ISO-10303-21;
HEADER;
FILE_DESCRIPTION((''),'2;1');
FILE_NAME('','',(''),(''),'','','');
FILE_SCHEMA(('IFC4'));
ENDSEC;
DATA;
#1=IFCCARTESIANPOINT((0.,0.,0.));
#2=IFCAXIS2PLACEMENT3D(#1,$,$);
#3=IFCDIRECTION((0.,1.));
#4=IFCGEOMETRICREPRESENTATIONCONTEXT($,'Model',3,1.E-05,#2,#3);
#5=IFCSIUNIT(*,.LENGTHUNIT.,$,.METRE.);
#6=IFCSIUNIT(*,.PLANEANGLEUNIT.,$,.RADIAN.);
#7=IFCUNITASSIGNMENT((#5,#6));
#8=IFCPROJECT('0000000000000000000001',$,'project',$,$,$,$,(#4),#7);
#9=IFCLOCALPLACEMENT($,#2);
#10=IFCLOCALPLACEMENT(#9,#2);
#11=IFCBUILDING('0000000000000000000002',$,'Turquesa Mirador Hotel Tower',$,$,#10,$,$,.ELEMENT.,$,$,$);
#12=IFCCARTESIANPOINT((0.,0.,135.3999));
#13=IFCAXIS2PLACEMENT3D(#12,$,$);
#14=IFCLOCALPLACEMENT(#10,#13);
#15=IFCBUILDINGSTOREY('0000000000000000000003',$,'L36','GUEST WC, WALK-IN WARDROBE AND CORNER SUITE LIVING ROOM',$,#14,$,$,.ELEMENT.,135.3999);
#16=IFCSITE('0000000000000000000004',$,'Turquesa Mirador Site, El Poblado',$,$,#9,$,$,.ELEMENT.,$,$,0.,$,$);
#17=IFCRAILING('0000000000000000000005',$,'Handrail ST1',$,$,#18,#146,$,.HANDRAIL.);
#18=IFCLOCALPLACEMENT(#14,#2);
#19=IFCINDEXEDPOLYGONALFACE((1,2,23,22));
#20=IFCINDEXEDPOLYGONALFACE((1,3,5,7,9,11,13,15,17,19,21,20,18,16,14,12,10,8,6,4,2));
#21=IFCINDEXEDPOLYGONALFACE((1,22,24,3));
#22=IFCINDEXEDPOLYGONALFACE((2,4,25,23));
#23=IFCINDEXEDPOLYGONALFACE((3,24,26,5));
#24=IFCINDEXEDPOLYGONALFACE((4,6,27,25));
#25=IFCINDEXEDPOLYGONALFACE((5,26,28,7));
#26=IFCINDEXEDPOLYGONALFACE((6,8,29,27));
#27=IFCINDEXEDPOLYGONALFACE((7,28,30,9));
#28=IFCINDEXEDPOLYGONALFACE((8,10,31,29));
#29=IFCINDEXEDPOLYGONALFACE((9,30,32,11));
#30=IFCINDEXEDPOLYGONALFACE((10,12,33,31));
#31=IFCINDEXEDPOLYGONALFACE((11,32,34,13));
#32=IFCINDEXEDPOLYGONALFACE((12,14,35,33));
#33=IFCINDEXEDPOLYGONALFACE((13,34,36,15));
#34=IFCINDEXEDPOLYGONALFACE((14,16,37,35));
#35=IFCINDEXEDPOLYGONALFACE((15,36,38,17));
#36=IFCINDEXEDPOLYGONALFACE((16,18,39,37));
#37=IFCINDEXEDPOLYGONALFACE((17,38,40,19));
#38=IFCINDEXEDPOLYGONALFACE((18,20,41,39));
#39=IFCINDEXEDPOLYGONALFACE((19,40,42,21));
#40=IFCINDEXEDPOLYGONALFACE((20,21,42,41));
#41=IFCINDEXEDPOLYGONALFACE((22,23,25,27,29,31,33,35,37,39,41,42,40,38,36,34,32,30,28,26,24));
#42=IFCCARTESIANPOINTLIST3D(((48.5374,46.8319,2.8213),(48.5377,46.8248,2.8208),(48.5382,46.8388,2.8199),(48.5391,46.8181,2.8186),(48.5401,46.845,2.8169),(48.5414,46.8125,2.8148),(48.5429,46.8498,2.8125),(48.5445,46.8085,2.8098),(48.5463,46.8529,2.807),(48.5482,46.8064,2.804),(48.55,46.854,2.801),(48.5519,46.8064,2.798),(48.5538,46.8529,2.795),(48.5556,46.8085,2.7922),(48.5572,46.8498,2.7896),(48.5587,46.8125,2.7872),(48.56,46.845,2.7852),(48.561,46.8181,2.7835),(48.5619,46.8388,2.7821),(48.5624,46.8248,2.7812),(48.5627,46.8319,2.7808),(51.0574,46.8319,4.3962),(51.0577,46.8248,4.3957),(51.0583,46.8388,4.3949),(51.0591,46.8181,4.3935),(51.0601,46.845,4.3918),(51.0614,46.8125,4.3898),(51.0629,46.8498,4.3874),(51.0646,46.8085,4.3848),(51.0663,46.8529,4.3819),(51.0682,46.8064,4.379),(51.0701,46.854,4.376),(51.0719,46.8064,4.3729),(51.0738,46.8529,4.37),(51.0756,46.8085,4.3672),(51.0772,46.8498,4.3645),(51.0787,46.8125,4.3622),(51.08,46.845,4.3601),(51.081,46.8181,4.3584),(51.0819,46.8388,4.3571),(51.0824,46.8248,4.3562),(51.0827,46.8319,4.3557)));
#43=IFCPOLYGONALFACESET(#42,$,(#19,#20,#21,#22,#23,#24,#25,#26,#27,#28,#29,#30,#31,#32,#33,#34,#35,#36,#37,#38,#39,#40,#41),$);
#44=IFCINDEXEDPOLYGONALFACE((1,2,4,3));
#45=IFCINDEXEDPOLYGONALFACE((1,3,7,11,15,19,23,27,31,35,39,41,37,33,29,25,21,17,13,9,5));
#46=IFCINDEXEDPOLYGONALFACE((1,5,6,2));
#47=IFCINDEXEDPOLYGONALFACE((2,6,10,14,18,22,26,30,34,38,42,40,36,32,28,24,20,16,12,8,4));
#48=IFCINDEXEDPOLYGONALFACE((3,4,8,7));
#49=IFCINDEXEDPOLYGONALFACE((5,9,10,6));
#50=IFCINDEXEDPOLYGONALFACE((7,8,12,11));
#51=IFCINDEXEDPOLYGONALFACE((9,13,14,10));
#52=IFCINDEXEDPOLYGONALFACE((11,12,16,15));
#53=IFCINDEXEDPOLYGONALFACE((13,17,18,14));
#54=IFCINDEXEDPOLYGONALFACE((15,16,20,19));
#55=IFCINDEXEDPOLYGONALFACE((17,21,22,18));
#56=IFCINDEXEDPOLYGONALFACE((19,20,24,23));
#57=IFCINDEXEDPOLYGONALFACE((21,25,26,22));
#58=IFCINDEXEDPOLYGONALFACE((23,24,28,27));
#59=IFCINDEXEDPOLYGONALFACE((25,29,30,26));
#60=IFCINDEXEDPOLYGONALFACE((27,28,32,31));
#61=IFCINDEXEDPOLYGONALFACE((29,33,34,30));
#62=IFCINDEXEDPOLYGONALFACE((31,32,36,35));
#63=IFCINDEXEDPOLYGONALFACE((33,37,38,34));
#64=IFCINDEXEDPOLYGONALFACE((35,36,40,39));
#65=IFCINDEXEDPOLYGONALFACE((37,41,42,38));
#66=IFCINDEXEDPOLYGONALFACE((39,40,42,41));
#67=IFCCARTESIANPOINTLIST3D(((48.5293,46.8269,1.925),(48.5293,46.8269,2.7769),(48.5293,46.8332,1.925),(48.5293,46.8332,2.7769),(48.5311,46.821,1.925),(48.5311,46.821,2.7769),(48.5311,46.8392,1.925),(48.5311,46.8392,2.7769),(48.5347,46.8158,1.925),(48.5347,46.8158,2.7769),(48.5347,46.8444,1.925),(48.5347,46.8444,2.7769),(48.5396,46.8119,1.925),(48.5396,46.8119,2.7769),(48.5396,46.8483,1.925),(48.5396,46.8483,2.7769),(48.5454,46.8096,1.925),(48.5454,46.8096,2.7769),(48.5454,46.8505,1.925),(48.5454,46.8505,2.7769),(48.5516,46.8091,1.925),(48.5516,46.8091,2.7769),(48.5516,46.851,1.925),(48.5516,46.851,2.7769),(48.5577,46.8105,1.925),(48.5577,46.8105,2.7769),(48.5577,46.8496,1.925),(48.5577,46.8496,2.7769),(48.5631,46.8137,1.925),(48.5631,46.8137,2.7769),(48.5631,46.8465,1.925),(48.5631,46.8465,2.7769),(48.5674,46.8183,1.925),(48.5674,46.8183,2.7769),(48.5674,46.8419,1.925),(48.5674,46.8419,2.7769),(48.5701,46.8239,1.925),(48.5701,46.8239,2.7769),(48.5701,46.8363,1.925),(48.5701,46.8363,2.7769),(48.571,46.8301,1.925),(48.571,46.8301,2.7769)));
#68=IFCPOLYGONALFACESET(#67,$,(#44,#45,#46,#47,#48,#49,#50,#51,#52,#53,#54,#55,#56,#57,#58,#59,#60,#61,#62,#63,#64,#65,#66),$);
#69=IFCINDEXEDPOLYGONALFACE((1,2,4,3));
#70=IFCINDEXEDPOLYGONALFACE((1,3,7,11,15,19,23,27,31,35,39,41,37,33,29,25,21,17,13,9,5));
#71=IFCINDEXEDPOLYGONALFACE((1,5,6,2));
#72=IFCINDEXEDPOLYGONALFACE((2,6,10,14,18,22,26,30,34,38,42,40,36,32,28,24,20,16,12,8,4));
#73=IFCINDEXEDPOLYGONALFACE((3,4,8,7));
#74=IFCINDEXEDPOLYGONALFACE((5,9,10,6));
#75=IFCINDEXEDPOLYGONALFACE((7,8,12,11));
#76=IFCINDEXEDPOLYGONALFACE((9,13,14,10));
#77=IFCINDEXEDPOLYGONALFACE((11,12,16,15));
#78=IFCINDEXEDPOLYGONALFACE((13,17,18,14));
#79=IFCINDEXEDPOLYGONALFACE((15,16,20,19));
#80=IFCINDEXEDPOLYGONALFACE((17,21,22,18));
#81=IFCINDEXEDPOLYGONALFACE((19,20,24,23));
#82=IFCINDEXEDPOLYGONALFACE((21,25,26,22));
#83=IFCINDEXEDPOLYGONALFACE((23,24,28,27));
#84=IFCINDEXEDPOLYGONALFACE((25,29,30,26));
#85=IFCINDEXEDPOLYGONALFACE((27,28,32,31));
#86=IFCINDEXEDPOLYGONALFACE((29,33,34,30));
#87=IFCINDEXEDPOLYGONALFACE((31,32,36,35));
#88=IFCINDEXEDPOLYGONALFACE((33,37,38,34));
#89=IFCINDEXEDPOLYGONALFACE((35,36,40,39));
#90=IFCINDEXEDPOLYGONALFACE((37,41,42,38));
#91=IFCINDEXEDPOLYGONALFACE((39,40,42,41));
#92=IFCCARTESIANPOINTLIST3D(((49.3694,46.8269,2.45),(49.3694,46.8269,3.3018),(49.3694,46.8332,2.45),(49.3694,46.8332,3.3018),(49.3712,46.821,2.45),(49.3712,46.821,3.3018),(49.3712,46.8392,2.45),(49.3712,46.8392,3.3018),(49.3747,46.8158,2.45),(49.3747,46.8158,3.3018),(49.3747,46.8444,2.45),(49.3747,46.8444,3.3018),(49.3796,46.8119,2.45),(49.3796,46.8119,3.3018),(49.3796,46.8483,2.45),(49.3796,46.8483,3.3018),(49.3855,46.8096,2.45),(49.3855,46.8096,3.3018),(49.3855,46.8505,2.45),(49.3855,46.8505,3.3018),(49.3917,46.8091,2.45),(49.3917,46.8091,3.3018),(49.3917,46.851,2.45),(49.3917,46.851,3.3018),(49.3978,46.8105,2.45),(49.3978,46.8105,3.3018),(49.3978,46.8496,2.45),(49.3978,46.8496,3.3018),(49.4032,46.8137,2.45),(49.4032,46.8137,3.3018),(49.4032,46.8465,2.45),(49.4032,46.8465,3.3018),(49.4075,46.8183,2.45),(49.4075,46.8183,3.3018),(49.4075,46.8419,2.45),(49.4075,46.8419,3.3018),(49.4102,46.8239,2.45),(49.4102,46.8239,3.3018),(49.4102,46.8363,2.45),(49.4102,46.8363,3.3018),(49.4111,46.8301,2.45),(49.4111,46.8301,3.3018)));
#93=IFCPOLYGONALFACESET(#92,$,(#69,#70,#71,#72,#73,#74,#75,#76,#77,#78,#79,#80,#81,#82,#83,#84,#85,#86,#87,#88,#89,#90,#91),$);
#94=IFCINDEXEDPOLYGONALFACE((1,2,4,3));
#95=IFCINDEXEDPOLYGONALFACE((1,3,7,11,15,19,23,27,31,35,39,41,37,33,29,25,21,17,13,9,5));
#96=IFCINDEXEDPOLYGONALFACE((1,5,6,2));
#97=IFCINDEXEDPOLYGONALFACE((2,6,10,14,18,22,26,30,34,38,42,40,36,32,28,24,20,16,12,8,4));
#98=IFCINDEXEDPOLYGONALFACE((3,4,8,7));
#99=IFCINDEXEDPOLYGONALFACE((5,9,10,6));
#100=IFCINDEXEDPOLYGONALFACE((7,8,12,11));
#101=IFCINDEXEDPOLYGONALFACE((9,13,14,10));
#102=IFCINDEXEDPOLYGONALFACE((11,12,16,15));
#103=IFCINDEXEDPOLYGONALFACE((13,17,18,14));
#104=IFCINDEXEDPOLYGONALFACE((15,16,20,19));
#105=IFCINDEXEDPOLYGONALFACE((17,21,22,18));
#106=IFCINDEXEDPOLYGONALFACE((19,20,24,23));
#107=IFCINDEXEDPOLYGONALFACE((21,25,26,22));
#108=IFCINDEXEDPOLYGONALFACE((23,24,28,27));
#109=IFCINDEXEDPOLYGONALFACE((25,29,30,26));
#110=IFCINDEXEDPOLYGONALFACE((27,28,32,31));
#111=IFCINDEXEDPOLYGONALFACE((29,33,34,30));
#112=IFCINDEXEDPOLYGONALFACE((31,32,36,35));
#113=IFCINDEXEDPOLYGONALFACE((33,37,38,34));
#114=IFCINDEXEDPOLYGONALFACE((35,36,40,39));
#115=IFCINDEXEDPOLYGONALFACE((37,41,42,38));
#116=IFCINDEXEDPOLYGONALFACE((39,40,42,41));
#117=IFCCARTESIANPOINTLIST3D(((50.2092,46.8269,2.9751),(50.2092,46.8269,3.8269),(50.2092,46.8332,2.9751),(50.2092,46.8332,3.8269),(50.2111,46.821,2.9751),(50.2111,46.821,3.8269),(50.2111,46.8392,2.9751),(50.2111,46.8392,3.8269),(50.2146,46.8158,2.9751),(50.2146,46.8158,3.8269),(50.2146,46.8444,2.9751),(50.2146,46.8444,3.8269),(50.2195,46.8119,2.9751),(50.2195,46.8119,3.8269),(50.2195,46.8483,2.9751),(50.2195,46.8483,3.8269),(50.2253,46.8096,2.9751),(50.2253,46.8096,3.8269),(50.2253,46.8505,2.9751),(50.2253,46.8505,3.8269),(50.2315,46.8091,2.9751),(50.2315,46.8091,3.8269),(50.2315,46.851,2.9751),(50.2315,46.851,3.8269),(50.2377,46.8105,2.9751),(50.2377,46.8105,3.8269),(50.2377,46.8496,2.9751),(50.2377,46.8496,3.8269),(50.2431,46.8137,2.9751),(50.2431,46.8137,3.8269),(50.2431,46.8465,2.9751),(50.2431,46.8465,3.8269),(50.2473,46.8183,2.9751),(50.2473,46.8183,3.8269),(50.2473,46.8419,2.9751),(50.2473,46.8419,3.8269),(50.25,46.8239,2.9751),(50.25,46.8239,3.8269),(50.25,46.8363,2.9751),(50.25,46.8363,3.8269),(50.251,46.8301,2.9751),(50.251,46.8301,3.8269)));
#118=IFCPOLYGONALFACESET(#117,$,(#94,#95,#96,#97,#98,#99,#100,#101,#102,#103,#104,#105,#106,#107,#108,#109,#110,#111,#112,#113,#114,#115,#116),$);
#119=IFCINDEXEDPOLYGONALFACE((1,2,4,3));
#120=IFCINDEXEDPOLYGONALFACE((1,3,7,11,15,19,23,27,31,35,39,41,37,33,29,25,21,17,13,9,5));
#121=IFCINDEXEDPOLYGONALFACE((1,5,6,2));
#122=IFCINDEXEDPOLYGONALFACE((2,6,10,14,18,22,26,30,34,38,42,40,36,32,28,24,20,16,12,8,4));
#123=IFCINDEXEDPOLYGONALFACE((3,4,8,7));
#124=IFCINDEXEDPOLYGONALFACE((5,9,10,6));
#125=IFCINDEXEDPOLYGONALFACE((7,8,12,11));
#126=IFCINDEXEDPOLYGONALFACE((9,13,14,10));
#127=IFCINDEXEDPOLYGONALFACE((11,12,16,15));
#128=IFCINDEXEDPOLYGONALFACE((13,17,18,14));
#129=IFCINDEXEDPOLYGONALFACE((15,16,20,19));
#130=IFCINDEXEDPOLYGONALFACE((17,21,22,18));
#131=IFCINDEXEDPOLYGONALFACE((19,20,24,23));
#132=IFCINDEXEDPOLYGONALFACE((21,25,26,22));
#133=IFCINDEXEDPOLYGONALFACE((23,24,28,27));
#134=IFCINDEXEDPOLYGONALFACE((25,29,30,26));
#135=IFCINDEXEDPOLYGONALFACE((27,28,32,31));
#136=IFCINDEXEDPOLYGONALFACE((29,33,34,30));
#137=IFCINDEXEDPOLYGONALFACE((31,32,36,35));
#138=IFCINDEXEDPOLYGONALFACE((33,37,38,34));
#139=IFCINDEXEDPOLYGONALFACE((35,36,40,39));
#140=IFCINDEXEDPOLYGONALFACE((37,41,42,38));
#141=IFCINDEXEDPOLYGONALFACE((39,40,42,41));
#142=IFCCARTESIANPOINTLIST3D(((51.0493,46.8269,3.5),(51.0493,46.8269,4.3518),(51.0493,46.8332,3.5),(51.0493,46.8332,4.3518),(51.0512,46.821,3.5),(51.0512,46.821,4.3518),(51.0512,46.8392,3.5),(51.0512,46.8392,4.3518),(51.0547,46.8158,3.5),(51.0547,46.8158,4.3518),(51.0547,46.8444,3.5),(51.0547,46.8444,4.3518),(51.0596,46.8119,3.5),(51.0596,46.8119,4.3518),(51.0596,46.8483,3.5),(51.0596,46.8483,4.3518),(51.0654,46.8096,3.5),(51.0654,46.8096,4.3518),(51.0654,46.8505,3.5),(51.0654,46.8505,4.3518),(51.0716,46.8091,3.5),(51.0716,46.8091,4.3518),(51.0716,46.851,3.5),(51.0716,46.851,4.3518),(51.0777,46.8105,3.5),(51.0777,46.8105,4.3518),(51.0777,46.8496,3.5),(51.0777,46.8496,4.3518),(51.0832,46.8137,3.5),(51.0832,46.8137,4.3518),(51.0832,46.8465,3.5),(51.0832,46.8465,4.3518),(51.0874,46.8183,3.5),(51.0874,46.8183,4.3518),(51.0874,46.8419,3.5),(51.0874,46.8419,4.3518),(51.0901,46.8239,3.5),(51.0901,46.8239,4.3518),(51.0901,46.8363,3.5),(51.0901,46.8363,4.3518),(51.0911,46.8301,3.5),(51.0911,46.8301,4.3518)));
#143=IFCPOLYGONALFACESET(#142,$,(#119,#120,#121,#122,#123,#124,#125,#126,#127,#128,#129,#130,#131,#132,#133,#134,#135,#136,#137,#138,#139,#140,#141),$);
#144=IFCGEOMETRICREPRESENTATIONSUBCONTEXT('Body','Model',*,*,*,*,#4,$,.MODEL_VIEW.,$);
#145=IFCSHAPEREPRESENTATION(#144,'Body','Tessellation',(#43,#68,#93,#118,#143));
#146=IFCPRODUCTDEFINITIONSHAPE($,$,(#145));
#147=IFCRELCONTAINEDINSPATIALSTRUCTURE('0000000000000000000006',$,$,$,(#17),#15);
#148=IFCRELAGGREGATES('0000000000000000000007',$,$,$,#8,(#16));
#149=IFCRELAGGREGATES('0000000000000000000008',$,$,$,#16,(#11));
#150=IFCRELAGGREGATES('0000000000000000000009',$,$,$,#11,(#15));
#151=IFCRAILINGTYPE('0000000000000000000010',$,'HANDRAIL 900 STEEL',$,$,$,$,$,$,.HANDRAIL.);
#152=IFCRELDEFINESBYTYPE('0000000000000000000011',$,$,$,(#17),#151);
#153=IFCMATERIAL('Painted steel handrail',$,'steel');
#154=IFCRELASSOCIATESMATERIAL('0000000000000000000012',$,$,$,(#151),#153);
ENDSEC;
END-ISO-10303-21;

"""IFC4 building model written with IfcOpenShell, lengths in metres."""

from ifc_helpers import new_model, si_unit, direction, frame, origin, origin_2d, place, context, subcontext, project, spatial, circle, extrude, material, type_object, element, save


model = new_model("IFC4")

# Units and contexts
model_context = context("Model", 3, precision=1e-05, world=origin(), true_north=direction((0.0, 1.0)))
body_context = subcontext(model_context, "Body", "Model", "MODEL_VIEW")
ifc_project = project(units=[si_unit("LENGTHUNIT", "METRE"), si_unit("PLANEANGLEUNIT", "RADIAN")], contexts=[model_context])

# Site, building, storey
site_placement = place(None, origin())
site = spatial("IfcSite", under=ifc_project, at=site_placement, Name="Turquesa Mirador Site, El Poblado", CompositionType="ELEMENT", RefElevation=0.0)
building_placement = place(site_placement, origin())
building = spatial("IfcBuilding", under=site, at=building_placement, Name="Turquesa Mirador Hotel Tower", CompositionType="ELEMENT")
storey_placement = place(building_placement, frame((0.0, 0.0, 135.3999)))
storey = spatial("IfcBuildingStorey", under=building, at=storey_placement, Name="L36", Description="GUEST WC, WALK-IN WARDROBE AND CORNER SUITE LIVING ROOM", CompositionType="ELEMENT", Elevation=135.3999)

# Railing
ifc_material_1 = material(Name="Painted steel handrail", Category="steel")
railing_type = type_object("IfcRailingType", Name="HANDRAIL 900 STEEL", PredefinedType="HANDRAIL", material=ifc_material_1)
for number, where, name in (
    (1, (48.55, 46.8301, 1.925), "Handrail ST1"),
):
    element("IfcRailing", number, at=place(storey_placement, frame(where)), inside=storey, type_object=railing_type, Name=name, PredefinedType="HANDRAIL", context=body_context, shape_type="SweptSolid", body=[
        extrude(circle(Radius=0.0239, at=origin_2d()), frame((0.0, 0.0, 0.876), z_axis=(0.848008, 0.0, 0.529984), x_axis=(0.0, 1.0, 0.0)), (0.0, 0.0, 1.0), 2.9717),
        extrude(circle(Radius=0.021, at=origin_2d()), origin(), (0.0, 0.0, 1.0), 0.8518),
        extrude(circle(Radius=0.021, at=origin_2d()), frame((0.8401, 0.0, 0.5249)), (0.0, 0.0, 1.0), 0.8518),
        extrude(circle(Radius=0.021, at=origin_2d()), frame((1.6799, 0.0, 1.05)), (0.0, 0.0, 1.0), 0.8518),
        extrude(circle(Radius=0.021, at=origin_2d()), frame((2.52, 0.0, 1.575)), (0.0, 0.0, 1.0), 0.8518),
    ])

save(model, "model.ifc")
